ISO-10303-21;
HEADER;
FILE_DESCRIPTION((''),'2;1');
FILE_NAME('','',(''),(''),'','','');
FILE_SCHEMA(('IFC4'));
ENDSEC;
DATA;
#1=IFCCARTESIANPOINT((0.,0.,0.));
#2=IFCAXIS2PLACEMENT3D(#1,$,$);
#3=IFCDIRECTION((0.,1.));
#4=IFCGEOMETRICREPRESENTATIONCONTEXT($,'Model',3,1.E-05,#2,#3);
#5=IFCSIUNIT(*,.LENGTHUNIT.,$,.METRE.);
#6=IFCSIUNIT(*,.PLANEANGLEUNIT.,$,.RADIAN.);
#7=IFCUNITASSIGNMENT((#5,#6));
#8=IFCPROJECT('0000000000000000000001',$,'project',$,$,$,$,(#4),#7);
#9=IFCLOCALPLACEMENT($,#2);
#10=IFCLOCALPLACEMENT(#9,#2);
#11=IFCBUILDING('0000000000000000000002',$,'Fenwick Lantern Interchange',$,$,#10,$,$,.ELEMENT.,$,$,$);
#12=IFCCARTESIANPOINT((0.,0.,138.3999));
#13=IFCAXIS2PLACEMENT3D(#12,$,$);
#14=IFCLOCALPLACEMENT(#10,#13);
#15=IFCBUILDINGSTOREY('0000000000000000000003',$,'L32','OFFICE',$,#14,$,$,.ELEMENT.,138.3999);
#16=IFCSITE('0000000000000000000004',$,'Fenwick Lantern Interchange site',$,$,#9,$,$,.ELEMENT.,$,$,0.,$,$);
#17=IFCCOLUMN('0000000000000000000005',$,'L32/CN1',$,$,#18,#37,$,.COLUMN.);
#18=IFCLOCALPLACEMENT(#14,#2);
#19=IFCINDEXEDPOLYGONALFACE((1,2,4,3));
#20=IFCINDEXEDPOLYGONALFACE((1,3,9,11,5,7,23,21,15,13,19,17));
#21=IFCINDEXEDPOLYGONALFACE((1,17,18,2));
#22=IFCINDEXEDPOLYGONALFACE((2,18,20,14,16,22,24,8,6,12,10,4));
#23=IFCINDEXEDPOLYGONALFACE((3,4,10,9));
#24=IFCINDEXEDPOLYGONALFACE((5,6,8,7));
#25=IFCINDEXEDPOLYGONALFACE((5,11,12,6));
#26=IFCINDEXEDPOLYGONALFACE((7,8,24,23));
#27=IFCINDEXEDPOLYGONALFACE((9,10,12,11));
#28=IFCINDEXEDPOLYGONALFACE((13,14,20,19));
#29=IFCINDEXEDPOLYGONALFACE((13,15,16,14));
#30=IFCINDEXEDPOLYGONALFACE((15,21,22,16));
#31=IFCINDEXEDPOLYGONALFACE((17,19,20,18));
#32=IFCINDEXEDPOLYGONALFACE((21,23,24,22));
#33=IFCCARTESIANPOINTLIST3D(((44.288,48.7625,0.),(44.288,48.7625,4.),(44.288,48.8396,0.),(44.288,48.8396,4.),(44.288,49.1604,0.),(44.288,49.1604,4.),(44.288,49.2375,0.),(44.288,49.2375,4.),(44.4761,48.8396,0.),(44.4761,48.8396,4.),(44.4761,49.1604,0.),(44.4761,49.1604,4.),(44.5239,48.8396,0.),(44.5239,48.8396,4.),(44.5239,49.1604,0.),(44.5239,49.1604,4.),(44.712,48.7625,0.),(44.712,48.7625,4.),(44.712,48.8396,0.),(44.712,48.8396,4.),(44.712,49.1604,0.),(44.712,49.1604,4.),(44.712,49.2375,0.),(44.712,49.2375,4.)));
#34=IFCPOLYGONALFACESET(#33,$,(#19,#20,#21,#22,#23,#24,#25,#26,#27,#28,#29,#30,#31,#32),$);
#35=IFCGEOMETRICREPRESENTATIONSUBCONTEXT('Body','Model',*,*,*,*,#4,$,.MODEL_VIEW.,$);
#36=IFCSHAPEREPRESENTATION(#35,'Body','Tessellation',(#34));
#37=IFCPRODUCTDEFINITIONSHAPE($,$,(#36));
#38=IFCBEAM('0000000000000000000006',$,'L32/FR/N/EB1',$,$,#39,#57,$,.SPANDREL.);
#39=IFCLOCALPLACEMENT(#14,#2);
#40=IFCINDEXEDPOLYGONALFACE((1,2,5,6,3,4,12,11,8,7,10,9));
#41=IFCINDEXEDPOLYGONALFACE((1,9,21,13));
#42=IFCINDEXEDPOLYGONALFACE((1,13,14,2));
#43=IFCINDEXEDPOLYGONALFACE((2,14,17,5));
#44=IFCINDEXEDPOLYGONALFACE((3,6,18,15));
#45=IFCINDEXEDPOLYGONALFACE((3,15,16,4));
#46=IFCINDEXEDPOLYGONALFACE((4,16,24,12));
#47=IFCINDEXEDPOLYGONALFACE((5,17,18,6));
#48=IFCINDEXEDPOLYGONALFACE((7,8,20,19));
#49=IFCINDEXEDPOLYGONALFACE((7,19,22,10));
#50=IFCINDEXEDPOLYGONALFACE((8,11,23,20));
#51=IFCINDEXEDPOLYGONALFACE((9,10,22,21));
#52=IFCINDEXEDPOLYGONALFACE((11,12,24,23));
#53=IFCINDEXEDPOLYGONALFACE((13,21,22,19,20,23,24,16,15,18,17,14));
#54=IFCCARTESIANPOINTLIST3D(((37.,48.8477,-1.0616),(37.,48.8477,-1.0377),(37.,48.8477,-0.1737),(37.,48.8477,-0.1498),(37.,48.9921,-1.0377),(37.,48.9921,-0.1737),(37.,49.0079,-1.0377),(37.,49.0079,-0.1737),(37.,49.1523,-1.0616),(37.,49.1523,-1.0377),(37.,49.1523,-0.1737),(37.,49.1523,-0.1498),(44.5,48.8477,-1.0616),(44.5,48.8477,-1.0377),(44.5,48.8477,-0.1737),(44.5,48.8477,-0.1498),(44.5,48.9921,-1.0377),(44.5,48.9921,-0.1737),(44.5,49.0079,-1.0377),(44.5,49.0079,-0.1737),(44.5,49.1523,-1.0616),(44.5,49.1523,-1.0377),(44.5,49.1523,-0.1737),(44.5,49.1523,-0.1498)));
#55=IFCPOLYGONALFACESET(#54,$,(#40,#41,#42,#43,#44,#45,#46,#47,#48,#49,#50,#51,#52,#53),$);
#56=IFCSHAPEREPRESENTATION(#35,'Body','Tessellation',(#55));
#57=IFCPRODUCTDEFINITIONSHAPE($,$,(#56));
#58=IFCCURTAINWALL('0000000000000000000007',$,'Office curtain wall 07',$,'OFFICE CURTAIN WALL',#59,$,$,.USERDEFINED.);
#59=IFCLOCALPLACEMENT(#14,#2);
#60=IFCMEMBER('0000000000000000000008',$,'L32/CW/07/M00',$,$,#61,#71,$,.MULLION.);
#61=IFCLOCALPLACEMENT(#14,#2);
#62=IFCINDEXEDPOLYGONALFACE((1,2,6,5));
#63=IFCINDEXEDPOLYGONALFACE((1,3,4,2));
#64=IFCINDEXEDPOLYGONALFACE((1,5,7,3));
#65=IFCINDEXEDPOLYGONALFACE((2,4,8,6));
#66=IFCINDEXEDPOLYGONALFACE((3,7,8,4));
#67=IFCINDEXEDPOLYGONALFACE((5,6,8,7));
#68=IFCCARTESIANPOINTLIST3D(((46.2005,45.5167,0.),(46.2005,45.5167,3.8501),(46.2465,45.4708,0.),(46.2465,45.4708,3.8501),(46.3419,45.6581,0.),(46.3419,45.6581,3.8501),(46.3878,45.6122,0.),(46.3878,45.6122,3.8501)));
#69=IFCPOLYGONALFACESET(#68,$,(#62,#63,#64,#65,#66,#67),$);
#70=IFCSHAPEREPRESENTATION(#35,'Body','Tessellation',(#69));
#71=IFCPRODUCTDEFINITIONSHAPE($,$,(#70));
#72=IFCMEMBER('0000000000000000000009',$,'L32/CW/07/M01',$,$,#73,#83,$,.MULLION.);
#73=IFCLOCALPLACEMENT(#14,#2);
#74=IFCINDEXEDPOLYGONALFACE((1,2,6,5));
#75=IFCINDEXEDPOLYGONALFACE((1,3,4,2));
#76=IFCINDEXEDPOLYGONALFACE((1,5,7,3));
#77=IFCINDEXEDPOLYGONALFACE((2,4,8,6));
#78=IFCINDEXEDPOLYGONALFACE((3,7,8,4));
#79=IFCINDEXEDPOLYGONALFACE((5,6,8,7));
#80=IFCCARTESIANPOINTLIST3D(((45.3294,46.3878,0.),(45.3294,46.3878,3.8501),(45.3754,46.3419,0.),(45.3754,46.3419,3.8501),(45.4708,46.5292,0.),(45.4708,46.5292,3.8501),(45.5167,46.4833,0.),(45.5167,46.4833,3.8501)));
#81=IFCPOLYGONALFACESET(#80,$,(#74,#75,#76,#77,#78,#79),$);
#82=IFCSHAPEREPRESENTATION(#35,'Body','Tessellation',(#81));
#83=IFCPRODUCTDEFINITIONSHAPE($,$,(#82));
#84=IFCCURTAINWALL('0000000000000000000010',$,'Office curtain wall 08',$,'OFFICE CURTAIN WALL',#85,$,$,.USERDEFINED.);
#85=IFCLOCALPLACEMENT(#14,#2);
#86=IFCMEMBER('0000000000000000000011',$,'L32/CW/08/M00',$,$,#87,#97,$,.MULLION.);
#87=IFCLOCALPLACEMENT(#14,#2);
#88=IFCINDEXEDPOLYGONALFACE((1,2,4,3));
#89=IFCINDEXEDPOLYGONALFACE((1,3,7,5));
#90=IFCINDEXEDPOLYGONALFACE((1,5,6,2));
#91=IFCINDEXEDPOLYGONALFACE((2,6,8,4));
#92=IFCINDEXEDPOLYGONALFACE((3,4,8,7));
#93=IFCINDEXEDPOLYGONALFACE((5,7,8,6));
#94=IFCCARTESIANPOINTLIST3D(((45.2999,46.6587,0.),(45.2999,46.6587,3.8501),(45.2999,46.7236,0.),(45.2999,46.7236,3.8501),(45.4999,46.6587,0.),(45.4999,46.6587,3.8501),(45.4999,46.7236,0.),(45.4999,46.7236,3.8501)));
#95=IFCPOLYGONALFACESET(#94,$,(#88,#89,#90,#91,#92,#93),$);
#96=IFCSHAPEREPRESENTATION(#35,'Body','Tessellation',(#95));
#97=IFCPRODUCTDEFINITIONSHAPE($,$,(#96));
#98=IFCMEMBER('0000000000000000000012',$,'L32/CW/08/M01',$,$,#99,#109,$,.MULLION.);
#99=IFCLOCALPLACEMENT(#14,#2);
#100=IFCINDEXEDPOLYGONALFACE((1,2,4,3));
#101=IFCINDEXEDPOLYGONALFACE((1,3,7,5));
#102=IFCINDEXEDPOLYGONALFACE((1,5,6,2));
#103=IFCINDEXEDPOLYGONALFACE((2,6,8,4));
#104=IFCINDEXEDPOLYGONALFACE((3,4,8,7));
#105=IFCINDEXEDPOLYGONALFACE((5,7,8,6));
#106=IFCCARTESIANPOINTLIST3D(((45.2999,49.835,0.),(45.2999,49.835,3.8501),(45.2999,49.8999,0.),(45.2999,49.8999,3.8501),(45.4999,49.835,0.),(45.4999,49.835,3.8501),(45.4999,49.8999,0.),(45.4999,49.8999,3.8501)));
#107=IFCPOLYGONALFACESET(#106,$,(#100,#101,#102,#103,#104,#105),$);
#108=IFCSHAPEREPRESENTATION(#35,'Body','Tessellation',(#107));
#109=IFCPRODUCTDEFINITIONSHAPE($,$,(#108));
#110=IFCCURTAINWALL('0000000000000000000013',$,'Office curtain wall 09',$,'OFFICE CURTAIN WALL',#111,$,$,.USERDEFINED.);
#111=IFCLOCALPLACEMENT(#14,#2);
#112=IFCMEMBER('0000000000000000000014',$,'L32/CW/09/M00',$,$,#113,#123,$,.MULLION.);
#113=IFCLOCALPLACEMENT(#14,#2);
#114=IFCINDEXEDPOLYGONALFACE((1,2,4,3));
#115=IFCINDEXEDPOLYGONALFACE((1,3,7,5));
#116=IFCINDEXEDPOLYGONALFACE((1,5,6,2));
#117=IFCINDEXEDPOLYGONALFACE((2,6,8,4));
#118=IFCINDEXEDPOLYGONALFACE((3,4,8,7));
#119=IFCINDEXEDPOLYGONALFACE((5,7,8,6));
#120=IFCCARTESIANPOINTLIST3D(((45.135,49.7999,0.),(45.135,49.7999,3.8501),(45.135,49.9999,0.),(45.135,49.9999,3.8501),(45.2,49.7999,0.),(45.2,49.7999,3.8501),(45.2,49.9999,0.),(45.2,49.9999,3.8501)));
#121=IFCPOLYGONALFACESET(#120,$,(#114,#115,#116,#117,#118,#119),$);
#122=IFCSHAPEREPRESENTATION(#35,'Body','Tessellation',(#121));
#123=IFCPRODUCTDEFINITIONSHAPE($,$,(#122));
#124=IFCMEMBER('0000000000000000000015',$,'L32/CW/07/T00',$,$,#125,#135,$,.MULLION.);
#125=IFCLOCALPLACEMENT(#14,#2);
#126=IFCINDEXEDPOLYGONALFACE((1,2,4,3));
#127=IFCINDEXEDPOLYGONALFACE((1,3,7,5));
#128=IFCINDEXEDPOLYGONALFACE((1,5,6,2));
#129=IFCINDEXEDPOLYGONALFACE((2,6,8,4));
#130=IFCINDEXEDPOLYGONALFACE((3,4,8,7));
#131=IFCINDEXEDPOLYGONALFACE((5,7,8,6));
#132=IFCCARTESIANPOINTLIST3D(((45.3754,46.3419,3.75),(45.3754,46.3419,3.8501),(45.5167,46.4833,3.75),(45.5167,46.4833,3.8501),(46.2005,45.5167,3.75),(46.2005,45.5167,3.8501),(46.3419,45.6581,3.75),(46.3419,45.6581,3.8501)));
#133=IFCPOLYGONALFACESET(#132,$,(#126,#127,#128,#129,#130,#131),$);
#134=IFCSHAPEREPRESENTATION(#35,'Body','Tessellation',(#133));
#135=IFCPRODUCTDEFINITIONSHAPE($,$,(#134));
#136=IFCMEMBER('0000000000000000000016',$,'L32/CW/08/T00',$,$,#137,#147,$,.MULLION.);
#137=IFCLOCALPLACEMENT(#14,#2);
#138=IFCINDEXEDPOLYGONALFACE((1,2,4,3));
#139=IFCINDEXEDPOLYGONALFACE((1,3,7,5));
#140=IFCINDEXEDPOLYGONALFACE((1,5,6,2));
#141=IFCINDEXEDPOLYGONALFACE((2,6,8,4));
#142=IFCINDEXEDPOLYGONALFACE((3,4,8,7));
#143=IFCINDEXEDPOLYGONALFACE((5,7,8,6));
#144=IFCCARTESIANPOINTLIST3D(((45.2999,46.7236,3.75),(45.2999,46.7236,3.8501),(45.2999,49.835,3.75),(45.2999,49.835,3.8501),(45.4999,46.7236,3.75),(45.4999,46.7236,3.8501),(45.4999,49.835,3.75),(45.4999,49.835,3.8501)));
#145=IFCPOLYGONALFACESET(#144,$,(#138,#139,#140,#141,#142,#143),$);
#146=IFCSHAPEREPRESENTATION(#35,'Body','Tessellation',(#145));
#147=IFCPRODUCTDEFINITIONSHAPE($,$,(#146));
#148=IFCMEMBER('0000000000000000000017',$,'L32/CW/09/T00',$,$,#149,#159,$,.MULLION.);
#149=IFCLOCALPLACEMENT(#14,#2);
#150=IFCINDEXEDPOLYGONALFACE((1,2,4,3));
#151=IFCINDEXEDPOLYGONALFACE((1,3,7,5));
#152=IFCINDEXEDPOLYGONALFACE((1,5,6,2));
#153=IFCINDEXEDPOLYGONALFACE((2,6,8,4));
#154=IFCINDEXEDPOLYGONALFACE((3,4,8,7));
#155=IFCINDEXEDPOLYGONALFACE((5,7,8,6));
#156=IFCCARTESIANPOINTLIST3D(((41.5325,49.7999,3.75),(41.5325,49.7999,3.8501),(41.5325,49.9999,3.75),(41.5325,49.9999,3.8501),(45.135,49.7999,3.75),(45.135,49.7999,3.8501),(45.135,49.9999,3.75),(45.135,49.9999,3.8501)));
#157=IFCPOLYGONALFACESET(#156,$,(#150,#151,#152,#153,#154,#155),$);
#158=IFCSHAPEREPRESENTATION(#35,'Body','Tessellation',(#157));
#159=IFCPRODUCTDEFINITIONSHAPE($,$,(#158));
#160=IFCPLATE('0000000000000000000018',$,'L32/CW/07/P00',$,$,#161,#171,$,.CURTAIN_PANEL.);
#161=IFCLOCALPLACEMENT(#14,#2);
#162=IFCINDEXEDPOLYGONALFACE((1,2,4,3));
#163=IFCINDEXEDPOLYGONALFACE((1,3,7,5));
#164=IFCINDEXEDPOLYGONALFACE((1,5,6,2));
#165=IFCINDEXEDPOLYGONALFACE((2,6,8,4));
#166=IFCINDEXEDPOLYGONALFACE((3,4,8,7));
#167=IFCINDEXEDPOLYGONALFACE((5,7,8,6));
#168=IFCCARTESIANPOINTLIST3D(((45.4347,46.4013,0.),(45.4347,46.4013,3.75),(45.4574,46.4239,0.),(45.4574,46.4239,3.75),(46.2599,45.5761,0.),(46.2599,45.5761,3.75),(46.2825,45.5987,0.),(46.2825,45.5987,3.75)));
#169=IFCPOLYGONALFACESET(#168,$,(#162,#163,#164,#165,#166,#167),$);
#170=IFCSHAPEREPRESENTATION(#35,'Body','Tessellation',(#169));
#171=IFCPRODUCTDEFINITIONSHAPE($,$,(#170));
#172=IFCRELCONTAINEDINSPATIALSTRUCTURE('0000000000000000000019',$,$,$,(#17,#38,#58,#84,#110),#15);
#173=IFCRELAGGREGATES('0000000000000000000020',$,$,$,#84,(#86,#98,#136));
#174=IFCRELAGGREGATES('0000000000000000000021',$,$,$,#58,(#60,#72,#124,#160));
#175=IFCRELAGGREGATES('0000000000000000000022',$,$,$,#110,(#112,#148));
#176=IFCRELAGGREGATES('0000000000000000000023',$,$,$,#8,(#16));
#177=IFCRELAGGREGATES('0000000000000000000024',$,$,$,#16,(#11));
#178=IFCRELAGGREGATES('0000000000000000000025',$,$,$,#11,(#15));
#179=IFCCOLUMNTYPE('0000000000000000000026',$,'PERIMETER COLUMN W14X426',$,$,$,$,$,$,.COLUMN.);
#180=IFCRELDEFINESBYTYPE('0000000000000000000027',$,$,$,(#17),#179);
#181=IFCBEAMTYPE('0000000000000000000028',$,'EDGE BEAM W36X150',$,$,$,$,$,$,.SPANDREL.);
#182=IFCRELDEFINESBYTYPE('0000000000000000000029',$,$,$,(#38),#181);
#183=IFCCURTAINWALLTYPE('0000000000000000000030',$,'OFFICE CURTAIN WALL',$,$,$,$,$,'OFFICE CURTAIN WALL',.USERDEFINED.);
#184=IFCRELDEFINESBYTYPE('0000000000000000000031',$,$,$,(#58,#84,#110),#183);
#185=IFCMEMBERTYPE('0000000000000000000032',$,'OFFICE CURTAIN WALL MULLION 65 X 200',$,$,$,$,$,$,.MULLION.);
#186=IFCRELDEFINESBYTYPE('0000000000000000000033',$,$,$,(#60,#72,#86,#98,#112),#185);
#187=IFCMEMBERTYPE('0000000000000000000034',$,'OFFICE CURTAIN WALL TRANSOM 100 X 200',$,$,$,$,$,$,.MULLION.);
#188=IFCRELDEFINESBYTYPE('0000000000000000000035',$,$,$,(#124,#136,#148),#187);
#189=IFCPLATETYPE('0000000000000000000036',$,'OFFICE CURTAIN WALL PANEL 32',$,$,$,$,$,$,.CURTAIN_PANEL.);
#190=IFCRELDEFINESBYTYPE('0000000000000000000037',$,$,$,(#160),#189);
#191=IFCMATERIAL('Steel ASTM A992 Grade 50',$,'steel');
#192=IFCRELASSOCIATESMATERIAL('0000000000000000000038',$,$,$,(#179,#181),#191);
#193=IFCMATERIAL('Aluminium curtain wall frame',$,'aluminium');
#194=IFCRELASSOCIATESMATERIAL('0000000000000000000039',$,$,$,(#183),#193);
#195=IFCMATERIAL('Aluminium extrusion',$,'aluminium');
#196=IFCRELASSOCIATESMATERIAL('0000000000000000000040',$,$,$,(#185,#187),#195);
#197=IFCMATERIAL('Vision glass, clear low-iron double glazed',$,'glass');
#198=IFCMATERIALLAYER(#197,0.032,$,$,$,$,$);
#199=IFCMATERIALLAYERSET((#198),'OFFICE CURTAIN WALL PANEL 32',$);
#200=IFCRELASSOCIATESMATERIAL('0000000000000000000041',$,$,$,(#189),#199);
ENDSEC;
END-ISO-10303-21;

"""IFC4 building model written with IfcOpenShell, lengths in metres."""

from ifc_helpers import new_model, si_unit, direction, frame, origin, origin_2d, place, context, subcontext, project, spatial, rectangle, i_section, extrude, material, layer, layer_set, material_profile, profile_set, type_object, element, aggregate, save


model = new_model("IFC4")

# Units and contexts
model_context = context("Model", 3, precision=1e-05, world=origin(), true_north=direction((0.0, 1.0)))
body_context = subcontext(model_context, "Body", "Model", "MODEL_VIEW")
ifc_project = project(units=[si_unit("LENGTHUNIT", "METRE"), si_unit("PLANEANGLEUNIT", "RADIAN")], contexts=[model_context])

# Site, building, storey
site_placement = place(None, origin())
site = spatial("IfcSite", under=ifc_project, at=site_placement, Name="Fenwick Lantern Interchange site", CompositionType="ELEMENT", RefElevation=0.0)
building_placement = place(site_placement, origin())
building = spatial("IfcBuilding", under=site, at=building_placement, Name="Fenwick Lantern Interchange", CompositionType="ELEMENT")
storey_placement = place(building_placement, frame((0.0, 0.0, 138.3999)))
storey = spatial("IfcBuildingStorey", under=building, at=storey_placement, Name="L32", Description="OFFICE", CompositionType="ELEMENT", Elevation=138.3999)

# Column
ifc_material_1 = material(Name="Steel ASTM A992 Grade 50", Category="steel")
ifc_material_profile_1 = material_profile(ifc_material_1, i_section(OverallWidth=0.4241, OverallDepth=0.4751, WebThickness=0.0479, FlangeThickness=0.0771, at=origin_2d()), Name="W14X426")
ifc_profile_set_1 = profile_set([ifc_material_profile_1], Name="Steel ASTM A992 Grade 50")
column_type = type_object("IfcColumnType", Name="PERIMETER COLUMN W14X426", PredefinedType="COLUMN", material=ifc_profile_set_1)
column_placement = place(storey_placement, frame((44.5, 49.0, 0.0), z_axis=(0.0, 0.0, 1.0), x_axis=(1.0, 0.0, 0.0)))
element("IfcColumn", 1, at=column_placement, inside=storey, type_object=column_type, Name="L32/CN1", PredefinedType="COLUMN", context=body_context, shape_type="SweptSolid", body=[
    extrude(i_section(OverallWidth=0.4241, OverallDepth=0.4751, WebThickness=0.0479, FlangeThickness=0.0771, at=origin_2d()), origin(), (0.0, 0.0, 1.0), 4.0),
])

# Beam
ifc_material_profile_2 = material_profile(ifc_material_1, i_section(OverallWidth=0.3047, OverallDepth=0.9119, WebThickness=0.0159, FlangeThickness=0.0239, at=origin_2d()), Name="W36X150")
ifc_profile_set_2 = profile_set([ifc_material_profile_2], Name="Steel ASTM A992 Grade 50")
beam_type = type_object("IfcBeamType", Name="EDGE BEAM W36X150", PredefinedType="SPANDREL", material=ifc_profile_set_2)
beam_placement = place(storey_placement, frame((44.5, 49.0, -0.6057), z_axis=(-1.0, 0.0, 0.0), x_axis=(0.0, -1.0, 0.0)))
element("IfcBeam", 2, at=beam_placement, inside=storey, type_object=beam_type, Name="L32/FR/N/EB1", PredefinedType="SPANDREL", context=body_context, shape_type="SweptSolid", body=[
    extrude(i_section(OverallWidth=0.3047, OverallDepth=0.9119, WebThickness=0.0159, FlangeThickness=0.0239, at=origin_2d()), origin(), (0.0, 0.0, 1.0), 7.5),
])

# Curtain walls, members
ifc_material_2 = material(Name="Aluminium curtain wall frame", Category="aluminium")
curtain_wall_type = type_object("IfcCurtainWallType", Name="OFFICE CURTAIN WALL", ElementType="OFFICE CURTAIN WALL", PredefinedType="USERDEFINED", material=ifc_material_2)
curtain_wall_1_placement = place(storey_placement, origin())
curtain_wall_1 = element("IfcCurtainWall", 3, at=curtain_wall_1_placement, inside=storey, type_object=curtain_wall_type, Name="Office curtain wall 07", ObjectType="OFFICE CURTAIN WALL", PredefinedType="USERDEFINED")
ifc_material_3 = material(Name="Aluminium extrusion", Category="aluminium")
ifc_material_profile_3 = material_profile(ifc_material_3, rectangle(XDim=0.2, YDim=0.0649, at=origin_2d()), Name="OFFICE CURTAIN WALL MULLION 65 X 200")
ifc_profile_set_3 = profile_set([ifc_material_profile_3], Name="Aluminium extrusion")
member_type_1 = type_object("IfcMemberType", Name="OFFICE CURTAIN WALL MULLION 65 X 200", PredefinedType="MULLION", material=ifc_profile_set_3)
member_1_placement = place(storey_placement, frame((46.2942, 45.5645, 0.0), z_axis=(0.0, 0.0, 1.0), x_axis=(-0.707107, -0.707107, 0.0)))
member_1 = element("IfcMember", 4, at=member_1_placement, type_object=member_type_1, Name="L32/CW/07/M00", PredefinedType="MULLION", context=body_context, shape_type="SweptSolid", body=[
    extrude(rectangle(XDim=0.2, YDim=0.0649, at=origin_2d()), origin(), (0.0, 0.0, 1.0), 3.8501),
])
member_2_placement = place(storey_placement, frame((45.4231, 46.4355, 0.0), z_axis=(0.0, 0.0, 1.0), x_axis=(-0.707107, -0.707107, 0.0)))
member_2 = element("IfcMember", 5, at=member_2_placement, type_object=member_type_1, Name="L32/CW/07/M01", PredefinedType="MULLION", context=body_context, shape_type="SweptSolid", body=[
    extrude(rectangle(XDim=0.2, YDim=0.0649, at=origin_2d()), origin(), (0.0, 0.0, 1.0), 3.8501),
])
curtain_wall_2_placement = place(storey_placement, origin())
curtain_wall_2 = element("IfcCurtainWall", 6, at=curtain_wall_2_placement, inside=storey, type_object=curtain_wall_type, Name="Office curtain wall 08", ObjectType="OFFICE CURTAIN WALL", PredefinedType="USERDEFINED")
member_3_placement = place(storey_placement, frame((45.3999, 46.6912, 0.0), z_axis=(0.0, 0.0, 1.0), x_axis=(-1.0, 0.0, 0.0)))
member_3 = element("IfcMember", 7, at=member_3_placement, type_object=member_type_1, Name="L32/CW/08/M00", PredefinedType="MULLION", context=body_context, shape_type="SweptSolid", body=[
    extrude(rectangle(XDim=0.2, YDim=0.0649, at=origin_2d()), origin(), (0.0, 0.0, 1.0), 3.8501),
])
member_4_placement = place(storey_placement, frame((45.3999, 49.8674, 0.0), z_axis=(0.0, 0.0, 1.0), x_axis=(-1.0, 0.0, 0.0)))
member_4 = element("IfcMember", 8, at=member_4_placement, type_object=member_type_1, Name="L32/CW/08/M01", PredefinedType="MULLION", context=body_context, shape_type="SweptSolid", body=[
    extrude(rectangle(XDim=0.2, YDim=0.0649, at=origin_2d()), origin(), (0.0, 0.0, 1.0), 3.8501),
])

# Curtain wall, member
curtain_wall_3_placement = place(storey_placement, origin())
curtain_wall_3 = element("IfcCurtainWall", 9, at=curtain_wall_3_placement, inside=storey, type_object=curtain_wall_type, Name="Office curtain wall 09", ObjectType="OFFICE CURTAIN WALL", PredefinedType="USERDEFINED")
member_5_placement = place(storey_placement, frame((45.1675, 49.8999, 0.0), z_axis=(0.0, 0.0, 1.0), x_axis=(0.0, -1.0, 0.0)))
member_5 = element("IfcMember", 10, at=member_5_placement, type_object=member_type_1, Name="L32/CW/09/M00", PredefinedType="MULLION", context=body_context, shape_type="SweptSolid", body=[
    extrude(rectangle(XDim=0.2, YDim=0.0649, at=origin_2d()), origin(), (0.0, 0.0, 1.0), 3.8501),
])

# Members
ifc_material_profile_4 = material_profile(ifc_material_3, rectangle(XDim=0.2, YDim=0.1001, at=origin_2d()), Name="OFFICE CURTAIN WALL TRANSOM 100 X 200")
ifc_profile_set_4 = profile_set([ifc_material_profile_4], Name="Aluminium extrusion")
member_type_2 = type_object("IfcMemberType", Name="OFFICE CURTAIN WALL TRANSOM 100 X 200", PredefinedType="MULLION", material=ifc_profile_set_4)
member_6_placement = place(storey_placement, frame((46.2712, 45.5874, 3.8), z_axis=(-0.707107, 0.707107, 0.0), x_axis=(-0.707107, -0.707107, 0.0)))
member_6 = element("IfcMember", 11, at=member_6_placement, type_object=member_type_2, Name="L32/CW/07/T00", PredefinedType="MULLION", context=body_context, shape_type="SweptSolid", body=[
    extrude(rectangle(XDim=0.2, YDim=0.1001, at=origin_2d()), origin(), (0.0, 0.0, 1.0), 1.167),
])
member_7_placement = place(storey_placement, frame((45.3999, 46.7236, 3.8), z_axis=(0.0, 1.0, 0.0), x_axis=(-1.0, 0.0, 0.0)))
member_7 = element("IfcMember", 12, at=member_7_placement, type_object=member_type_2, Name="L32/CW/08/T00", PredefinedType="MULLION", context=body_context, shape_type="SweptSolid", body=[
    extrude(rectangle(XDim=0.2, YDim=0.1001, at=origin_2d()), origin(), (0.0, 0.0, 1.0), 3.1113),
])
aggregate(curtain_wall_2, [member_3, member_4, member_7])
member_8_placement = place(storey_placement, frame((45.135, 49.8999, 3.8), z_axis=(-1.0, 0.0, 0.0), x_axis=(0.0, -1.0, 0.0)))
member_8 = element("IfcMember", 13, at=member_8_placement, type_object=member_type_2, Name="L32/CW/09/T00", PredefinedType="MULLION", context=body_context, shape_type="SweptSolid", body=[
    extrude(rectangle(XDim=0.2, YDim=0.1001, at=origin_2d()), origin(), (0.0, 0.0, 1.0), 3.6025),
])

# Plate
ifc_material_4 = material(Name="Vision glass, clear low-iron double glazed", Category="glass")
ifc_layer_1 = layer(ifc_material_4, 0.032)
ifc_layer_set_1 = layer_set([ifc_layer_1], Name="OFFICE CURTAIN WALL PANEL 32")
plate_type = type_object("IfcPlateType", Name="OFFICE CURTAIN WALL PANEL 32", PredefinedType="CURTAIN_PANEL", material=ifc_layer_set_1)
plate_1_placement = place(storey_placement, frame((45.8586, 46.0, 0.0), z_axis=(0.0, 0.0, 1.0), x_axis=(-0.707107, 0.707107, 0.0)))
plate_1 = element("IfcPlate", 14, at=plate_1_placement, type_object=plate_type, Name="L32/CW/07/P00", PredefinedType="CURTAIN_PANEL", context=body_context, shape_type="SweptSolid", body=[
    extrude(rectangle(XDim=1.167, YDim=0.032, at=origin_2d()), origin(), (0.0, 0.0, 1.0), 3.75),
])
aggregate(curtain_wall_1, [member_1, member_2, member_6, plate_1])
aggregate(curtain_wall_3, [member_5, member_8])

save(model, "model.ifc")
